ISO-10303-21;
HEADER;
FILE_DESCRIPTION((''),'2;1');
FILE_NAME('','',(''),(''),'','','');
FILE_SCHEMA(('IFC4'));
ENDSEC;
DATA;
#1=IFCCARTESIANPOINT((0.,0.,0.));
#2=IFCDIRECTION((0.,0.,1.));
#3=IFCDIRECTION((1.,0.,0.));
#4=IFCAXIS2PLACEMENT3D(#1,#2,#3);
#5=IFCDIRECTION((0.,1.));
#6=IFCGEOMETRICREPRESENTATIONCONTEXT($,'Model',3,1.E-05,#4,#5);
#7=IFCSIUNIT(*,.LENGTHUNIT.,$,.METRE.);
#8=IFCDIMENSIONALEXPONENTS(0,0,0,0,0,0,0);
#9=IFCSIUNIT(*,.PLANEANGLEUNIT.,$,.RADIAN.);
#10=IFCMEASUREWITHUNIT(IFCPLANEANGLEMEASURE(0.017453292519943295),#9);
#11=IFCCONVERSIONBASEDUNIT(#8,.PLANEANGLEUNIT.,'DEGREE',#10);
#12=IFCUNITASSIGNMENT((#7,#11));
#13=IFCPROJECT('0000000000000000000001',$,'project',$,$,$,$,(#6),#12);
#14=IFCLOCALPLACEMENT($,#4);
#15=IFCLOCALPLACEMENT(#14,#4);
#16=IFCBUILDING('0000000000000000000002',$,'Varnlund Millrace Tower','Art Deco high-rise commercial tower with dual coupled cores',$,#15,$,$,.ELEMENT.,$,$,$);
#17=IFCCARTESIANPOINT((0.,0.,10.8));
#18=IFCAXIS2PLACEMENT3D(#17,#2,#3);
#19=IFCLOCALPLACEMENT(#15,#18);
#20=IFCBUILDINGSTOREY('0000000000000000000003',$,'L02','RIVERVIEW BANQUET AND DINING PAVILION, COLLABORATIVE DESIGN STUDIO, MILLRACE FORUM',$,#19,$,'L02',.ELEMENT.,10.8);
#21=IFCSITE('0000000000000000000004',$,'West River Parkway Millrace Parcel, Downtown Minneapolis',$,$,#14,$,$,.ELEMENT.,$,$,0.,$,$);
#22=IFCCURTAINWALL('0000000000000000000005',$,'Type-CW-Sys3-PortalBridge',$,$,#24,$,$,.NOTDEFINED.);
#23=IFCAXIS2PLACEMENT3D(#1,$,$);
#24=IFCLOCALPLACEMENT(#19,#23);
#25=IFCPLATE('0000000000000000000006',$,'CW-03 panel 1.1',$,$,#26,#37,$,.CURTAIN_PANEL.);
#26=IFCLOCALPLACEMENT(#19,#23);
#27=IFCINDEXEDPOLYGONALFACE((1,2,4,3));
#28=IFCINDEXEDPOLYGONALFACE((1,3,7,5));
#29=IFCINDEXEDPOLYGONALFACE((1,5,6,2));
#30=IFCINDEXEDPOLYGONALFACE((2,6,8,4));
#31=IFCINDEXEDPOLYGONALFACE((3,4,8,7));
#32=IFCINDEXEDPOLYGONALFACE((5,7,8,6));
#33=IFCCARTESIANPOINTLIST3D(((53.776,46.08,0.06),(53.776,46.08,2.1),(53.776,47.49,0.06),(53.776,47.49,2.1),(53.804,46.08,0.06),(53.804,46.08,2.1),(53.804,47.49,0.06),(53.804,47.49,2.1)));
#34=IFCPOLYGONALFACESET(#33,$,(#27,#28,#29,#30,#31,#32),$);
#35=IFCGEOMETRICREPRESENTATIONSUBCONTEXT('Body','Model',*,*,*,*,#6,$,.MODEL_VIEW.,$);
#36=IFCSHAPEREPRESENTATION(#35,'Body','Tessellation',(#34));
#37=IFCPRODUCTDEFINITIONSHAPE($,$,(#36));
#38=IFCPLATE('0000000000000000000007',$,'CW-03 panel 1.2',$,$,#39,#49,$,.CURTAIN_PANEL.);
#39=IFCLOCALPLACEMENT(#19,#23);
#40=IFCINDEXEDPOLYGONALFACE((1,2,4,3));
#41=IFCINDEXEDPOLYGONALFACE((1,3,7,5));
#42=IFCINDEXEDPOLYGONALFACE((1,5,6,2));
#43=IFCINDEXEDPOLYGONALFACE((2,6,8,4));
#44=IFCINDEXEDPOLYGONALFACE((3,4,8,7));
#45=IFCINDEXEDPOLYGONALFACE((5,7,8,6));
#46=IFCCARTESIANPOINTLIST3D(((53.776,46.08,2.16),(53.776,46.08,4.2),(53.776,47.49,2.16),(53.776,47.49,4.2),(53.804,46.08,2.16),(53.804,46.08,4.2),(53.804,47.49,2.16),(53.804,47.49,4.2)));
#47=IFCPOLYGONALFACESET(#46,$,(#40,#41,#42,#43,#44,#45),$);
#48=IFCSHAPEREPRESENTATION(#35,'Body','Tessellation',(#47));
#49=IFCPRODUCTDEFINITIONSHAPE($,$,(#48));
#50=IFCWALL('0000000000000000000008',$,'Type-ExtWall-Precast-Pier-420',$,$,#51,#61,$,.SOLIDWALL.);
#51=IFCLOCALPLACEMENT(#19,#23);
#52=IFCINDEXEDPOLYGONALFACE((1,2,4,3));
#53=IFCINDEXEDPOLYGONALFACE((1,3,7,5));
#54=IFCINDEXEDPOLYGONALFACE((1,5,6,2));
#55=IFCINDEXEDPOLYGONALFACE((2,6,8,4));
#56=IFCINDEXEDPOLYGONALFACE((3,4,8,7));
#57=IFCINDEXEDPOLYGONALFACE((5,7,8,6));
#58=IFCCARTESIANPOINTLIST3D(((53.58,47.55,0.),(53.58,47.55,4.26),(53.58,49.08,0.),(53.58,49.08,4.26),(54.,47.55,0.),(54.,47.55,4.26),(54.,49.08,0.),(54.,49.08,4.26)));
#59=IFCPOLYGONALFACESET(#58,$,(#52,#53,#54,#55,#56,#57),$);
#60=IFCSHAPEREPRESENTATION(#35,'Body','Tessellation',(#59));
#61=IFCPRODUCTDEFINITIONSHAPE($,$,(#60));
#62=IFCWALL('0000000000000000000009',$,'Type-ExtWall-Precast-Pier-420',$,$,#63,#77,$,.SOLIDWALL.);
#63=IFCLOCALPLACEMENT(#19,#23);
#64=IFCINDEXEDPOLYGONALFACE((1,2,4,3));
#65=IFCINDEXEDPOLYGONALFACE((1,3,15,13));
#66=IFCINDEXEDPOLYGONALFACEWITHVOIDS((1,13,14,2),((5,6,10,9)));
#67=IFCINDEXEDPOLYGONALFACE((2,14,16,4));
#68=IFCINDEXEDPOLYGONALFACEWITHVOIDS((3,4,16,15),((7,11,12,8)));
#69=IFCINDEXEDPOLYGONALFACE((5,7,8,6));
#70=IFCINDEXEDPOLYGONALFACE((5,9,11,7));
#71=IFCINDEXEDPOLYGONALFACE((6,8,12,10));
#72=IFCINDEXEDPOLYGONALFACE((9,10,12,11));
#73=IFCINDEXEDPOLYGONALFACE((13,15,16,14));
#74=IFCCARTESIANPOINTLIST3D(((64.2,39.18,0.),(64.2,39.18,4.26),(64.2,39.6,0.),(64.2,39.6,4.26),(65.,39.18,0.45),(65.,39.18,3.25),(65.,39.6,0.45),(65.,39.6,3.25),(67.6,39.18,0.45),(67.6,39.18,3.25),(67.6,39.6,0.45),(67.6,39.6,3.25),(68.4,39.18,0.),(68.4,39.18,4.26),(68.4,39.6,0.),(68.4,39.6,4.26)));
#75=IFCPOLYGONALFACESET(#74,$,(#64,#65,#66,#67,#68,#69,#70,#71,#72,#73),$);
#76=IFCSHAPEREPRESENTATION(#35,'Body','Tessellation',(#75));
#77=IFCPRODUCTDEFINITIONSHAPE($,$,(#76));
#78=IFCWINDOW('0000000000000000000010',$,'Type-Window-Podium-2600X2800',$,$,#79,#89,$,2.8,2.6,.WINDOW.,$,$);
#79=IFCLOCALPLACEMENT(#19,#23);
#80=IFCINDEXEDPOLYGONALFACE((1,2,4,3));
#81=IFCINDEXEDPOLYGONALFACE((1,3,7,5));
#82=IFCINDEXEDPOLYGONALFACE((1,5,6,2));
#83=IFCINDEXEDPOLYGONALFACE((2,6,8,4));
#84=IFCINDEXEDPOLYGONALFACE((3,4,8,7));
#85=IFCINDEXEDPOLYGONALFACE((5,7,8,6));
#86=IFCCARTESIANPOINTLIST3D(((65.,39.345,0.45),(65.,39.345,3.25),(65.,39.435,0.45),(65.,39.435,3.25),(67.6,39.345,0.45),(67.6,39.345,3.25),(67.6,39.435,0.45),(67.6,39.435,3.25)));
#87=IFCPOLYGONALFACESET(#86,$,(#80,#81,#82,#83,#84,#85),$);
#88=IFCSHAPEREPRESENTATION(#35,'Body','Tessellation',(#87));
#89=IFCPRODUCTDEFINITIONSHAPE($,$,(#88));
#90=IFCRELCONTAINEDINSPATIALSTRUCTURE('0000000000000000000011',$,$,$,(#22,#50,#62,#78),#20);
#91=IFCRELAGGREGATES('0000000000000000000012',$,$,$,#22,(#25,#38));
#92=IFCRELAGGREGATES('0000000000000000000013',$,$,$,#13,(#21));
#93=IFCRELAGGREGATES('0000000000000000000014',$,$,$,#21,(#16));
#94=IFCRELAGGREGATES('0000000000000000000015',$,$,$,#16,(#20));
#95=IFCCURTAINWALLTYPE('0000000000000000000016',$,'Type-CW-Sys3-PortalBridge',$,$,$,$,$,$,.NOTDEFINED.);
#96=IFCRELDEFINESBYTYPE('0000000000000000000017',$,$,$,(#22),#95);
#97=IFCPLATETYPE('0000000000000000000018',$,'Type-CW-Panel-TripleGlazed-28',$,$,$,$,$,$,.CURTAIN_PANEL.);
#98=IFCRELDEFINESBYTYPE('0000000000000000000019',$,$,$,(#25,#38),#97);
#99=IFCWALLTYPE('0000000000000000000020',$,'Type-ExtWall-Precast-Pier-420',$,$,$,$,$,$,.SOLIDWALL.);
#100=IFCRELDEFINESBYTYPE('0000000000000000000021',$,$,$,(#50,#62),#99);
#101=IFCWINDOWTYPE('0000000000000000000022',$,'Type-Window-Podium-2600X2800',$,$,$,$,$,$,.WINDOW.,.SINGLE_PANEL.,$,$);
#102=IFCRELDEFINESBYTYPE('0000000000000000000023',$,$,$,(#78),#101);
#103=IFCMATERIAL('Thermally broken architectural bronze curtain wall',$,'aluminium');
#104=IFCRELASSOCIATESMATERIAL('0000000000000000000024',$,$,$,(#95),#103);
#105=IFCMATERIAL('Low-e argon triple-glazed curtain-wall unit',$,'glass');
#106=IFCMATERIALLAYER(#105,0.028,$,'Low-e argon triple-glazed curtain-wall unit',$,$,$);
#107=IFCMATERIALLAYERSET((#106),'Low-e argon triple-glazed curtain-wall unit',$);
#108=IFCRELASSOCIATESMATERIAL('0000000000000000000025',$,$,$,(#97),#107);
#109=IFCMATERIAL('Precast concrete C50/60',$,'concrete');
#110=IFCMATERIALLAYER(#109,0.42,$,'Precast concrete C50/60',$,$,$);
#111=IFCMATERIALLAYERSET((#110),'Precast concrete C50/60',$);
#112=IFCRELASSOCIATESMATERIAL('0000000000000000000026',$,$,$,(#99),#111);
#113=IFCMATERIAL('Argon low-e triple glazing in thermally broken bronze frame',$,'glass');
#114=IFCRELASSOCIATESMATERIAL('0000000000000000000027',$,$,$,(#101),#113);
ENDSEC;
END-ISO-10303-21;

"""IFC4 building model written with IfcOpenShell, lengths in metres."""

from ifc_helpers import new_model, entity, si_unit, converted_unit, direction, frame, origin_with_axes, origin_2d_with_axis, place, context, subcontext, project, spatial, polyline, rectangle, outline, extrude, material, layer, layer_set, type_object, element, fill, aggregate, save


model = new_model("IFC4")

# Units and contexts
model_context = context("Model", 3, precision=1e-05, world=origin_with_axes(), true_north=direction((0.0, 1.0)))
body_context = subcontext(model_context, "Body", "Model", "MODEL_VIEW")
ifc_project = project(units=[si_unit("LENGTHUNIT", "METRE"), converted_unit("PLANEANGLEUNIT", "DEGREE", entity("IfcPlaneAngleMeasure", 0.017453292519943295), si_unit("PLANEANGLEUNIT", "RADIAN"), dimensions=[0, 0, 0, 0, 0, 0, 0])], contexts=[model_context])

# Site, building, storey
site_placement = place(None, origin_with_axes())
site = spatial("IfcSite", under=ifc_project, at=site_placement, Name="West River Parkway Millrace Parcel, Downtown Minneapolis", CompositionType="ELEMENT", RefElevation=0.0)
building_placement = place(site_placement, origin_with_axes())
building = spatial("IfcBuilding", under=site, at=building_placement, Name="Varnlund Millrace Tower", Description="Art Deco high-rise commercial tower with dual coupled cores", CompositionType="ELEMENT")
storey_placement = place(building_placement, frame((0.0, 0.0, 10.8), z_axis=(0.0, 0.0, 1.0), x_axis=(1.0, 0.0, 0.0)))
storey = spatial("IfcBuildingStorey", under=building, at=storey_placement, Name="L02", Description="RIVERVIEW BANQUET AND DINING PAVILION, COLLABORATIVE DESIGN STUDIO, MILLRACE FORUM", LongName="L02", CompositionType="ELEMENT", Elevation=10.8)

# Curtain wall
ifc_material_1 = material(Name="Thermally broken architectural bronze curtain wall", Category="aluminium")
curtain_wall_type = type_object("IfcCurtainWallType", Name="Type-CW-Sys3-PortalBridge", PredefinedType="NOTDEFINED", material=ifc_material_1)
curtain_wall_1_placement = place(storey_placement, frame((53.79, 47.55, 0.0), z_axis=(0.0, 0.0, 1.0), x_axis=(1.0, 0.0, 0.0)))
curtain_wall_1 = element("IfcCurtainWall", 1, at=curtain_wall_1_placement, inside=storey, type_object=curtain_wall_type, Name="Type-CW-Sys3-PortalBridge", PredefinedType="NOTDEFINED")

# Plates
ifc_material_2 = material(Name="Low-e argon triple-glazed curtain-wall unit", Category="glass")
ifc_layer_1 = layer(ifc_material_2, 0.028, Name="Low-e argon triple-glazed curtain-wall unit")
ifc_layer_set_1 = layer_set([ifc_layer_1], Name="Low-e argon triple-glazed curtain-wall unit")
plate_type = type_object("IfcPlateType", Name="Type-CW-Panel-TripleGlazed-28", PredefinedType="CURTAIN_PANEL", material=ifc_layer_set_1)
plate_1_placement = place(storey_placement, frame((53.79, 46.785, 0.06), z_axis=(0.0, 0.0, 1.0), x_axis=(0.0, -1.0, 0.0)))
plate_1 = element("IfcPlate", 2, at=plate_1_placement, type_object=plate_type, Name="CW-03 panel 1.1", PredefinedType="CURTAIN_PANEL", context=body_context, shape_type="SweptSolid", body=[
    extrude(rectangle(XDim=1.41, YDim=0.028, at=origin_2d_with_axis()), origin_with_axes(), (0.0, 0.0, 1.0), 2.04),
])
plate_2_placement = place(storey_placement, frame((53.79, 46.785, 2.16), z_axis=(0.0, 0.0, 1.0), x_axis=(0.0, -1.0, 0.0)))
plate_2 = element("IfcPlate", 3, at=plate_2_placement, type_object=plate_type, Name="CW-03 panel 1.2", PredefinedType="CURTAIN_PANEL", context=body_context, shape_type="SweptSolid", body=[
    extrude(rectangle(XDim=1.41, YDim=0.028, at=origin_2d_with_axis()), origin_with_axes(), (0.0, 0.0, 1.0), 2.04),
])
aggregate(curtain_wall_1, [plate_1, plate_2])

# Wall
ifc_material_3 = material(Name="Precast concrete C50/60", Category="concrete")
ifc_layer_2 = layer(ifc_material_3, 0.42, Name="Precast concrete C50/60")
ifc_layer_set_2 = layer_set([ifc_layer_2], Name="Precast concrete C50/60")
wall_type = type_object("IfcWallType", Name="Type-ExtWall-Precast-Pier-420", PredefinedType="SOLIDWALL", material=ifc_layer_set_2)
wall_1_placement = place(storey_placement, frame((53.79, 49.08, 0.0), z_axis=(0.0, 0.0, 1.0), x_axis=(0.0, -1.0, 0.0)))
element("IfcWall", 4, at=wall_1_placement, inside=storey, type_object=wall_type, Name="Type-ExtWall-Precast-Pier-420", PredefinedType="SOLIDWALL", context=body_context, shape_type="SweptSolid", body=[
    extrude(outline(polyline([(0.0, -0.21), (1.53, -0.21), (1.53, 0.21), (0.0, 0.21), (0.0, -0.21)])), origin_with_axes(), (0.0, 0.0, 1.0), 4.26),
])

# Wall, opening, window
wall_2_placement = place(storey_placement, frame((64.2, 39.39, 0.0), z_axis=(0.0, 0.0, 1.0), x_axis=(1.0, 0.0, 0.0)))
wall_2 = element("IfcWall", 5, at=wall_2_placement, inside=storey, type_object=wall_type, Name="Type-ExtWall-Precast-Pier-420", PredefinedType="SOLIDWALL", context=body_context, shape_type="SweptSolid", body=[
    extrude(outline(polyline([(0.0, -0.21), (4.2, -0.21), (4.2, 0.21), (0.0, 0.21), (0.0, -0.21)])), origin_with_axes(), (0.0, 0.0, 1.0), 4.26),
])
opening_placement = place(wall_2_placement, frame((2.1, 0.0, 0.45), z_axis=(0.0, 0.0, 1.0), x_axis=(1.0, 0.0, 0.0)))
opening = element("IfcOpeningElement", 6, at=opening_placement, cuts=wall_2, PredefinedType="OPENING", context=body_context, shape_type="SweptSolid", body=[
    extrude(rectangle(XDim=2.6, YDim=0.44, at=origin_2d_with_axis()), origin_with_axes(), (0.0, 0.0, 1.0), 2.8),
])
ifc_material_4 = material(Name="Argon low-e triple glazing in thermally broken bronze frame", Category="glass")
window_type = type_object("IfcWindowType", Name="Type-Window-Podium-2600X2800", PartitioningType="SINGLE_PANEL", PredefinedType="WINDOW", material=ifc_material_4)
window_placement = place(wall_2_placement, frame((2.1, 0.0, 0.45), z_axis=(0.0, 0.0, 1.0), x_axis=(1.0, 0.0, 0.0)))
window = element("IfcWindow", 7, at=window_placement, inside=storey, type_object=window_type, Name="Type-Window-Podium-2600X2800", OverallHeight=2.8, OverallWidth=2.6, PredefinedType="WINDOW", context=body_context, shape_type="SweptSolid", body=[
    extrude(rectangle(XDim=2.6, YDim=0.09, at=origin_2d_with_axis()), origin_with_axes(), (0.0, 0.0, 1.0), 2.8),
])
fill(opening, window)

save(model, "model.ifc")
